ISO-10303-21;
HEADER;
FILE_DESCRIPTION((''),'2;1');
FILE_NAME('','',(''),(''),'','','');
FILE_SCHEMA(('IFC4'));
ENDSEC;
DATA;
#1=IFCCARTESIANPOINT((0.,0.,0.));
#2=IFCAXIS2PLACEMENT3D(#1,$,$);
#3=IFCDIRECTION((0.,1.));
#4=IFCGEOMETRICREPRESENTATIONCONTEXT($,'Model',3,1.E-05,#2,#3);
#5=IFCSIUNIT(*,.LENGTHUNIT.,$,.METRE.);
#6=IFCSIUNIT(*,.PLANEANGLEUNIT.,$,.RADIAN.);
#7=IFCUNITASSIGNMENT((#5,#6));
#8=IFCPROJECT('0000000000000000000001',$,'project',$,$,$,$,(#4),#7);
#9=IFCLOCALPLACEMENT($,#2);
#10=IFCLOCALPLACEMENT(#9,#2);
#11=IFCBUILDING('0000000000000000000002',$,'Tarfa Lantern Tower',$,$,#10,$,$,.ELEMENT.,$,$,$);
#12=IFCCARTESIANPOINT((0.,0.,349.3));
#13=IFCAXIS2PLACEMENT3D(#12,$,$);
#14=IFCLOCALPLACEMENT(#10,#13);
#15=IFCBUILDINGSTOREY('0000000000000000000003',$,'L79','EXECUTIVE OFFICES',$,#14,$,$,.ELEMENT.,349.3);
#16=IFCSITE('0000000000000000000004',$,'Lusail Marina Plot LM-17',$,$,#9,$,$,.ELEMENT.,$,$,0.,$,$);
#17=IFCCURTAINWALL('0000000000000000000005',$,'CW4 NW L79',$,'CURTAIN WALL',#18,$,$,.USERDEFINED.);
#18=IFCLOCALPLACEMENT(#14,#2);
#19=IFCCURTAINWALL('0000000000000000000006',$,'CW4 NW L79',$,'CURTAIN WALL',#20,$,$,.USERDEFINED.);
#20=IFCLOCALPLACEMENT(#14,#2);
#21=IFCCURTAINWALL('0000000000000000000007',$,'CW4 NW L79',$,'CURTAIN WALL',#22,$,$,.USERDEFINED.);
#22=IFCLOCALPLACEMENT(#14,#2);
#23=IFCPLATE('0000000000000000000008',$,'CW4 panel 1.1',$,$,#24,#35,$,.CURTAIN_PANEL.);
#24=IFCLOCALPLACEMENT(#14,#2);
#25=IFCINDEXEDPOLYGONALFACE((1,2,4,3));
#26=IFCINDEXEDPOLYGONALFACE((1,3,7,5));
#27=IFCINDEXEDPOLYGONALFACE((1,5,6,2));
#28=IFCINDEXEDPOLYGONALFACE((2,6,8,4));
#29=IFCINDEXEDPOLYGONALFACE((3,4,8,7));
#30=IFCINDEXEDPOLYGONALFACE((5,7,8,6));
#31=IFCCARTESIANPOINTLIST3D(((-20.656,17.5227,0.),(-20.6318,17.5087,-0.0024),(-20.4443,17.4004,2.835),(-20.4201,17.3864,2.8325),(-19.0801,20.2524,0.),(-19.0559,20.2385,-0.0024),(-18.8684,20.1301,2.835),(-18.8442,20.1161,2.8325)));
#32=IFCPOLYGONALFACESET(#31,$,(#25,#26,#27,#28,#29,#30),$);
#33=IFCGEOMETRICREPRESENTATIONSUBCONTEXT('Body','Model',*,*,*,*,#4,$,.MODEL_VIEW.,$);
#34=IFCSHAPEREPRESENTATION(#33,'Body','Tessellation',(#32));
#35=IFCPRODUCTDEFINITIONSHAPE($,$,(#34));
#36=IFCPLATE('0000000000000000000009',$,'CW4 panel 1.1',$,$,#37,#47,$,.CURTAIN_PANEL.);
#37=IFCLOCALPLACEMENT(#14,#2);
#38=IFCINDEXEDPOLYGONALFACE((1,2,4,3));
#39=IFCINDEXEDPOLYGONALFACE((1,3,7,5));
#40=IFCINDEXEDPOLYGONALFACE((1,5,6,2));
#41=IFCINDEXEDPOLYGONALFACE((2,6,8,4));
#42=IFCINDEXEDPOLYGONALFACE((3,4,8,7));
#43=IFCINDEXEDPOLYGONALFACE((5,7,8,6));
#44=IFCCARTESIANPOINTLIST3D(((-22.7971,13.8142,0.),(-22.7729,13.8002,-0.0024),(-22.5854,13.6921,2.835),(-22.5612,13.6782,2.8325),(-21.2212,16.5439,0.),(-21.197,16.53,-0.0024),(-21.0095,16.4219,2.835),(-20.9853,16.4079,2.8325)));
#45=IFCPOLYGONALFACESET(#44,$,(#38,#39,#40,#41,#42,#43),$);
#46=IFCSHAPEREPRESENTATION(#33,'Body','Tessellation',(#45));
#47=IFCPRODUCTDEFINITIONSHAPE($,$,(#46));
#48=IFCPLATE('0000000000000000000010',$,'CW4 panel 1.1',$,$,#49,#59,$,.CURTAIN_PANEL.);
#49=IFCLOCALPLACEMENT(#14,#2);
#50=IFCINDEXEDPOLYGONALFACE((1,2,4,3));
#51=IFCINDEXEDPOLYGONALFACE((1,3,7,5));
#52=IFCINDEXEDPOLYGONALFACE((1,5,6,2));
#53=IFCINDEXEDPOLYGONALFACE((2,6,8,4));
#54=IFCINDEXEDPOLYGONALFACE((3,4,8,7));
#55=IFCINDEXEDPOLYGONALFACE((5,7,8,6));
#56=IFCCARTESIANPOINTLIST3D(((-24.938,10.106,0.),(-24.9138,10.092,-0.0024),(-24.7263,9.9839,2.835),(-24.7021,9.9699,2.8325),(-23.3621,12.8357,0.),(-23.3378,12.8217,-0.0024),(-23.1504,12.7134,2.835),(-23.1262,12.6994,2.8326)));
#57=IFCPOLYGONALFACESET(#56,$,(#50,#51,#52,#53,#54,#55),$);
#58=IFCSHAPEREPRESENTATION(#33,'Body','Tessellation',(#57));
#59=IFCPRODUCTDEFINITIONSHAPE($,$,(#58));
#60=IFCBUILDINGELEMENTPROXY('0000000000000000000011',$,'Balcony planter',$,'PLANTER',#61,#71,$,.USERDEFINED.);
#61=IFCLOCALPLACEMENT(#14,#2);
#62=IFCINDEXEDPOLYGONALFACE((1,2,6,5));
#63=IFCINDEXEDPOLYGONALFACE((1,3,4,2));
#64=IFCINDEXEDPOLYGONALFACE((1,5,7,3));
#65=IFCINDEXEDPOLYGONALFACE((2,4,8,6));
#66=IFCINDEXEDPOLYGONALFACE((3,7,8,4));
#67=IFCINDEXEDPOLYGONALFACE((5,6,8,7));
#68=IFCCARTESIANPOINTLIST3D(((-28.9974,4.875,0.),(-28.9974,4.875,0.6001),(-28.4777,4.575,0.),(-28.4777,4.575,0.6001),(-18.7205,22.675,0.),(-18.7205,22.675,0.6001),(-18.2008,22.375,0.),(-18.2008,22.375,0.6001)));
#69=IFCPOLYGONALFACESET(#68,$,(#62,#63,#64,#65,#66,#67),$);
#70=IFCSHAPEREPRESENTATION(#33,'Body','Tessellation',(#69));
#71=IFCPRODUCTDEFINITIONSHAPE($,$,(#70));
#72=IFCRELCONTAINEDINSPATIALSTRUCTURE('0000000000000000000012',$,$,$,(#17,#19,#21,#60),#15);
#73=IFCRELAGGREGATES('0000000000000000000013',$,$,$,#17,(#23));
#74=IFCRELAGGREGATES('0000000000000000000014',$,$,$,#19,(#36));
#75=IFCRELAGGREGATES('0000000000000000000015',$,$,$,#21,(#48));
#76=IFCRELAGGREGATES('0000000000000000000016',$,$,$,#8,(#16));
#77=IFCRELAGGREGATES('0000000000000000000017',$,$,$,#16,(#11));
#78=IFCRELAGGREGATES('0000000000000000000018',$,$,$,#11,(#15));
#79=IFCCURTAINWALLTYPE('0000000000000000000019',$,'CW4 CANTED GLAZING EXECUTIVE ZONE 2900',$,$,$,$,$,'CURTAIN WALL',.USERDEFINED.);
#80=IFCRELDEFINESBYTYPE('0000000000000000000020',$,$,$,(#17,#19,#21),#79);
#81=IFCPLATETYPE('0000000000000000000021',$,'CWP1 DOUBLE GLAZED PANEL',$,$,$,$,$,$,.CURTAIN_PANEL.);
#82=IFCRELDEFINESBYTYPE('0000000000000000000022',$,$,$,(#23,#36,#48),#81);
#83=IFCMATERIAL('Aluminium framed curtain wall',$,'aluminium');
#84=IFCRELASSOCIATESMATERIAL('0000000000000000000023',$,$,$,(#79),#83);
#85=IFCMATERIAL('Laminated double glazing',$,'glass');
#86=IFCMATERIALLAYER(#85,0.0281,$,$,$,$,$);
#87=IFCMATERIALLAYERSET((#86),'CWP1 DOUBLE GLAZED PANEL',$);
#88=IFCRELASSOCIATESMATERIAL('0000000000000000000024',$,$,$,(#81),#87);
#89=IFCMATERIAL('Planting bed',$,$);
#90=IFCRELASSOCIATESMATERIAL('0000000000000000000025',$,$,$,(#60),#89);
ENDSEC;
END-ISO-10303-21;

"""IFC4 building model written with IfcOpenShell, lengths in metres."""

from ifc_helpers import new_model, si_unit, direction, frame, origin, origin_2d, place, context, subcontext, project, spatial, polyline, rectangle, outline, extrude, material, layer, layer_set, type_object, element, aggregate, save


model = new_model("IFC4")

# Units and contexts
model_context = context("Model", 3, precision=1e-05, world=origin(), true_north=direction((0.0, 1.0)))
body_context = subcontext(model_context, "Body", "Model", "MODEL_VIEW")
ifc_project = project(units=[si_unit("LENGTHUNIT", "METRE"), si_unit("PLANEANGLEUNIT", "RADIAN")], contexts=[model_context])

# Site, building, storey
site_placement = place(None, origin())
site = spatial("IfcSite", under=ifc_project, at=site_placement, Name="Lusail Marina Plot LM-17", CompositionType="ELEMENT", RefElevation=0.0)
building_placement = place(site_placement, origin())
building = spatial("IfcBuilding", under=site, at=building_placement, Name="Tarfa Lantern Tower", CompositionType="ELEMENT")
storey_placement = place(building_placement, frame((0.0, 0.0, 349.3)))
storey = spatial("IfcBuildingStorey", under=building, at=storey_placement, Name="L79", Description="EXECUTIVE OFFICES", CompositionType="ELEMENT", Elevation=349.3)

# Shared definitions
ifc_material_1 = material(Name="Aluminium framed curtain wall", Category="aluminium")
curtain_wall_type = type_object("IfcCurtainWallType", Name="CW4 CANTED GLAZING EXECUTIVE ZONE 2900", ElementType="CURTAIN WALL", PredefinedType="USERDEFINED", material=ifc_material_1)

# Curtain walls
curtain_wall_1_placement = place(storey_placement, origin())
curtain_wall_1 = element("IfcCurtainWall", 1, at=curtain_wall_1_placement, inside=storey, type_object=curtain_wall_type, Name="CW4 NW L79", ObjectType="CURTAIN WALL", PredefinedType="USERDEFINED")
curtain_wall_2_placement = place(storey_placement, origin())
curtain_wall_2 = element("IfcCurtainWall", 2, at=curtain_wall_2_placement, inside=storey, type_object=curtain_wall_type, Name="CW4 NW L79", ObjectType="CURTAIN WALL", PredefinedType="USERDEFINED")

# Curtain wall
curtain_wall_3_placement = place(storey_placement, origin())
curtain_wall_3 = element("IfcCurtainWall", 3, at=curtain_wall_3_placement, inside=storey, type_object=curtain_wall_type, Name="CW4 NW L79", ObjectType="CURTAIN WALL", PredefinedType="USERDEFINED")

# Plates
ifc_material_2 = material(Name="Laminated double glazing", Category="glass")
ifc_layer = layer(ifc_material_2, 0.0281)
ifc_layer_set = layer_set([ifc_layer], Name="CWP1 DOUBLE GLAZED PANEL")
plate_type = type_object("IfcPlateType", Name="CWP1 DOUBLE GLAZED PANEL", PredefinedType="CURTAIN_PANEL", material=ifc_layer_set)
plate_1_placement = place(storey_placement, frame((-19.0801, 20.2524, 0.0), z_axis=(-0.862835, 0.498131, 0.085915), x_axis=(-0.499979, -0.866037, 0.0)))
plate_1 = element("IfcPlate", 4, at=plate_1_placement, type_object=plate_type, Name="CW4 panel 1.1", PredefinedType="CURTAIN_PANEL", context=body_context, shape_type="SweptSolid", body=[
    extrude(outline(polyline([(0.0, 0.0), (3.152, 0.0), (3.1521, 2.8455), (0.0001, 2.8455), (0.0, 0.0)])), origin(), (0.0, 0.0, -1.0), 0.0281),
])
aggregate(curtain_wall_1, [plate_1])
plate_2_placement = place(storey_placement, frame((-21.2212, 16.5439, 0.0), z_axis=(-0.862838, 0.498133, 0.085872), x_axis=(-0.499979, -0.866037, 0.0)))
plate_2 = element("IfcPlate", 5, at=plate_2_placement, type_object=plate_type, Name="CW4 panel 1.1", PredefinedType="CURTAIN_PANEL", context=body_context, shape_type="SweptSolid", body=[
    extrude(outline(polyline([(0.0, 0.0), (3.152, 0.0), (3.1519, 2.8455), (-0.0001, 2.8455), (0.0, 0.0)])), origin(), (0.0, 0.0, -1.0), 0.0281),
])
aggregate(curtain_wall_2, [plate_2])
plate_3_placement = place(storey_placement, frame((-23.3621, 12.8357, 0.0), z_axis=(-0.862827, 0.498148, 0.085893), x_axis=(-0.499996, -0.866028, 0.000002)))
plate_3 = element("IfcPlate", 6, at=plate_3_placement, type_object=plate_type, Name="CW4 panel 1.1", PredefinedType="CURTAIN_PANEL", context=body_context, shape_type="SweptSolid", body=[
    extrude(outline(polyline([(0.0, 0.0), (3.152, 0.0), (3.1519, 2.8455), (0.0001, 2.8455), (0.0, 0.0)])), origin(), (0.0, 0.0, -1.0), 0.0281),
])
aggregate(curtain_wall_3, [plate_3])

# Building element proxy
ifc_material_3 = material(Name="Planting bed")
proxy_placement = place(storey_placement, frame((-23.5991, 13.625, 0.0), z_axis=(0.0, 0.0, 1.0), x_axis=(-0.5, -0.866025, 0.0)))
element("IfcBuildingElementProxy", 7, at=proxy_placement, inside=storey, material=ifc_material_3, Name="Balcony planter", ObjectType="PLANTER", PredefinedType="USERDEFINED", context=body_context, shape_type="SweptSolid", body=[
    extrude(rectangle(XDim=20.5537, YDim=0.6001, at=origin_2d()), origin(), (0.0, 0.0, 1.0), 0.6001),
])

save(model, "model.ifc")
